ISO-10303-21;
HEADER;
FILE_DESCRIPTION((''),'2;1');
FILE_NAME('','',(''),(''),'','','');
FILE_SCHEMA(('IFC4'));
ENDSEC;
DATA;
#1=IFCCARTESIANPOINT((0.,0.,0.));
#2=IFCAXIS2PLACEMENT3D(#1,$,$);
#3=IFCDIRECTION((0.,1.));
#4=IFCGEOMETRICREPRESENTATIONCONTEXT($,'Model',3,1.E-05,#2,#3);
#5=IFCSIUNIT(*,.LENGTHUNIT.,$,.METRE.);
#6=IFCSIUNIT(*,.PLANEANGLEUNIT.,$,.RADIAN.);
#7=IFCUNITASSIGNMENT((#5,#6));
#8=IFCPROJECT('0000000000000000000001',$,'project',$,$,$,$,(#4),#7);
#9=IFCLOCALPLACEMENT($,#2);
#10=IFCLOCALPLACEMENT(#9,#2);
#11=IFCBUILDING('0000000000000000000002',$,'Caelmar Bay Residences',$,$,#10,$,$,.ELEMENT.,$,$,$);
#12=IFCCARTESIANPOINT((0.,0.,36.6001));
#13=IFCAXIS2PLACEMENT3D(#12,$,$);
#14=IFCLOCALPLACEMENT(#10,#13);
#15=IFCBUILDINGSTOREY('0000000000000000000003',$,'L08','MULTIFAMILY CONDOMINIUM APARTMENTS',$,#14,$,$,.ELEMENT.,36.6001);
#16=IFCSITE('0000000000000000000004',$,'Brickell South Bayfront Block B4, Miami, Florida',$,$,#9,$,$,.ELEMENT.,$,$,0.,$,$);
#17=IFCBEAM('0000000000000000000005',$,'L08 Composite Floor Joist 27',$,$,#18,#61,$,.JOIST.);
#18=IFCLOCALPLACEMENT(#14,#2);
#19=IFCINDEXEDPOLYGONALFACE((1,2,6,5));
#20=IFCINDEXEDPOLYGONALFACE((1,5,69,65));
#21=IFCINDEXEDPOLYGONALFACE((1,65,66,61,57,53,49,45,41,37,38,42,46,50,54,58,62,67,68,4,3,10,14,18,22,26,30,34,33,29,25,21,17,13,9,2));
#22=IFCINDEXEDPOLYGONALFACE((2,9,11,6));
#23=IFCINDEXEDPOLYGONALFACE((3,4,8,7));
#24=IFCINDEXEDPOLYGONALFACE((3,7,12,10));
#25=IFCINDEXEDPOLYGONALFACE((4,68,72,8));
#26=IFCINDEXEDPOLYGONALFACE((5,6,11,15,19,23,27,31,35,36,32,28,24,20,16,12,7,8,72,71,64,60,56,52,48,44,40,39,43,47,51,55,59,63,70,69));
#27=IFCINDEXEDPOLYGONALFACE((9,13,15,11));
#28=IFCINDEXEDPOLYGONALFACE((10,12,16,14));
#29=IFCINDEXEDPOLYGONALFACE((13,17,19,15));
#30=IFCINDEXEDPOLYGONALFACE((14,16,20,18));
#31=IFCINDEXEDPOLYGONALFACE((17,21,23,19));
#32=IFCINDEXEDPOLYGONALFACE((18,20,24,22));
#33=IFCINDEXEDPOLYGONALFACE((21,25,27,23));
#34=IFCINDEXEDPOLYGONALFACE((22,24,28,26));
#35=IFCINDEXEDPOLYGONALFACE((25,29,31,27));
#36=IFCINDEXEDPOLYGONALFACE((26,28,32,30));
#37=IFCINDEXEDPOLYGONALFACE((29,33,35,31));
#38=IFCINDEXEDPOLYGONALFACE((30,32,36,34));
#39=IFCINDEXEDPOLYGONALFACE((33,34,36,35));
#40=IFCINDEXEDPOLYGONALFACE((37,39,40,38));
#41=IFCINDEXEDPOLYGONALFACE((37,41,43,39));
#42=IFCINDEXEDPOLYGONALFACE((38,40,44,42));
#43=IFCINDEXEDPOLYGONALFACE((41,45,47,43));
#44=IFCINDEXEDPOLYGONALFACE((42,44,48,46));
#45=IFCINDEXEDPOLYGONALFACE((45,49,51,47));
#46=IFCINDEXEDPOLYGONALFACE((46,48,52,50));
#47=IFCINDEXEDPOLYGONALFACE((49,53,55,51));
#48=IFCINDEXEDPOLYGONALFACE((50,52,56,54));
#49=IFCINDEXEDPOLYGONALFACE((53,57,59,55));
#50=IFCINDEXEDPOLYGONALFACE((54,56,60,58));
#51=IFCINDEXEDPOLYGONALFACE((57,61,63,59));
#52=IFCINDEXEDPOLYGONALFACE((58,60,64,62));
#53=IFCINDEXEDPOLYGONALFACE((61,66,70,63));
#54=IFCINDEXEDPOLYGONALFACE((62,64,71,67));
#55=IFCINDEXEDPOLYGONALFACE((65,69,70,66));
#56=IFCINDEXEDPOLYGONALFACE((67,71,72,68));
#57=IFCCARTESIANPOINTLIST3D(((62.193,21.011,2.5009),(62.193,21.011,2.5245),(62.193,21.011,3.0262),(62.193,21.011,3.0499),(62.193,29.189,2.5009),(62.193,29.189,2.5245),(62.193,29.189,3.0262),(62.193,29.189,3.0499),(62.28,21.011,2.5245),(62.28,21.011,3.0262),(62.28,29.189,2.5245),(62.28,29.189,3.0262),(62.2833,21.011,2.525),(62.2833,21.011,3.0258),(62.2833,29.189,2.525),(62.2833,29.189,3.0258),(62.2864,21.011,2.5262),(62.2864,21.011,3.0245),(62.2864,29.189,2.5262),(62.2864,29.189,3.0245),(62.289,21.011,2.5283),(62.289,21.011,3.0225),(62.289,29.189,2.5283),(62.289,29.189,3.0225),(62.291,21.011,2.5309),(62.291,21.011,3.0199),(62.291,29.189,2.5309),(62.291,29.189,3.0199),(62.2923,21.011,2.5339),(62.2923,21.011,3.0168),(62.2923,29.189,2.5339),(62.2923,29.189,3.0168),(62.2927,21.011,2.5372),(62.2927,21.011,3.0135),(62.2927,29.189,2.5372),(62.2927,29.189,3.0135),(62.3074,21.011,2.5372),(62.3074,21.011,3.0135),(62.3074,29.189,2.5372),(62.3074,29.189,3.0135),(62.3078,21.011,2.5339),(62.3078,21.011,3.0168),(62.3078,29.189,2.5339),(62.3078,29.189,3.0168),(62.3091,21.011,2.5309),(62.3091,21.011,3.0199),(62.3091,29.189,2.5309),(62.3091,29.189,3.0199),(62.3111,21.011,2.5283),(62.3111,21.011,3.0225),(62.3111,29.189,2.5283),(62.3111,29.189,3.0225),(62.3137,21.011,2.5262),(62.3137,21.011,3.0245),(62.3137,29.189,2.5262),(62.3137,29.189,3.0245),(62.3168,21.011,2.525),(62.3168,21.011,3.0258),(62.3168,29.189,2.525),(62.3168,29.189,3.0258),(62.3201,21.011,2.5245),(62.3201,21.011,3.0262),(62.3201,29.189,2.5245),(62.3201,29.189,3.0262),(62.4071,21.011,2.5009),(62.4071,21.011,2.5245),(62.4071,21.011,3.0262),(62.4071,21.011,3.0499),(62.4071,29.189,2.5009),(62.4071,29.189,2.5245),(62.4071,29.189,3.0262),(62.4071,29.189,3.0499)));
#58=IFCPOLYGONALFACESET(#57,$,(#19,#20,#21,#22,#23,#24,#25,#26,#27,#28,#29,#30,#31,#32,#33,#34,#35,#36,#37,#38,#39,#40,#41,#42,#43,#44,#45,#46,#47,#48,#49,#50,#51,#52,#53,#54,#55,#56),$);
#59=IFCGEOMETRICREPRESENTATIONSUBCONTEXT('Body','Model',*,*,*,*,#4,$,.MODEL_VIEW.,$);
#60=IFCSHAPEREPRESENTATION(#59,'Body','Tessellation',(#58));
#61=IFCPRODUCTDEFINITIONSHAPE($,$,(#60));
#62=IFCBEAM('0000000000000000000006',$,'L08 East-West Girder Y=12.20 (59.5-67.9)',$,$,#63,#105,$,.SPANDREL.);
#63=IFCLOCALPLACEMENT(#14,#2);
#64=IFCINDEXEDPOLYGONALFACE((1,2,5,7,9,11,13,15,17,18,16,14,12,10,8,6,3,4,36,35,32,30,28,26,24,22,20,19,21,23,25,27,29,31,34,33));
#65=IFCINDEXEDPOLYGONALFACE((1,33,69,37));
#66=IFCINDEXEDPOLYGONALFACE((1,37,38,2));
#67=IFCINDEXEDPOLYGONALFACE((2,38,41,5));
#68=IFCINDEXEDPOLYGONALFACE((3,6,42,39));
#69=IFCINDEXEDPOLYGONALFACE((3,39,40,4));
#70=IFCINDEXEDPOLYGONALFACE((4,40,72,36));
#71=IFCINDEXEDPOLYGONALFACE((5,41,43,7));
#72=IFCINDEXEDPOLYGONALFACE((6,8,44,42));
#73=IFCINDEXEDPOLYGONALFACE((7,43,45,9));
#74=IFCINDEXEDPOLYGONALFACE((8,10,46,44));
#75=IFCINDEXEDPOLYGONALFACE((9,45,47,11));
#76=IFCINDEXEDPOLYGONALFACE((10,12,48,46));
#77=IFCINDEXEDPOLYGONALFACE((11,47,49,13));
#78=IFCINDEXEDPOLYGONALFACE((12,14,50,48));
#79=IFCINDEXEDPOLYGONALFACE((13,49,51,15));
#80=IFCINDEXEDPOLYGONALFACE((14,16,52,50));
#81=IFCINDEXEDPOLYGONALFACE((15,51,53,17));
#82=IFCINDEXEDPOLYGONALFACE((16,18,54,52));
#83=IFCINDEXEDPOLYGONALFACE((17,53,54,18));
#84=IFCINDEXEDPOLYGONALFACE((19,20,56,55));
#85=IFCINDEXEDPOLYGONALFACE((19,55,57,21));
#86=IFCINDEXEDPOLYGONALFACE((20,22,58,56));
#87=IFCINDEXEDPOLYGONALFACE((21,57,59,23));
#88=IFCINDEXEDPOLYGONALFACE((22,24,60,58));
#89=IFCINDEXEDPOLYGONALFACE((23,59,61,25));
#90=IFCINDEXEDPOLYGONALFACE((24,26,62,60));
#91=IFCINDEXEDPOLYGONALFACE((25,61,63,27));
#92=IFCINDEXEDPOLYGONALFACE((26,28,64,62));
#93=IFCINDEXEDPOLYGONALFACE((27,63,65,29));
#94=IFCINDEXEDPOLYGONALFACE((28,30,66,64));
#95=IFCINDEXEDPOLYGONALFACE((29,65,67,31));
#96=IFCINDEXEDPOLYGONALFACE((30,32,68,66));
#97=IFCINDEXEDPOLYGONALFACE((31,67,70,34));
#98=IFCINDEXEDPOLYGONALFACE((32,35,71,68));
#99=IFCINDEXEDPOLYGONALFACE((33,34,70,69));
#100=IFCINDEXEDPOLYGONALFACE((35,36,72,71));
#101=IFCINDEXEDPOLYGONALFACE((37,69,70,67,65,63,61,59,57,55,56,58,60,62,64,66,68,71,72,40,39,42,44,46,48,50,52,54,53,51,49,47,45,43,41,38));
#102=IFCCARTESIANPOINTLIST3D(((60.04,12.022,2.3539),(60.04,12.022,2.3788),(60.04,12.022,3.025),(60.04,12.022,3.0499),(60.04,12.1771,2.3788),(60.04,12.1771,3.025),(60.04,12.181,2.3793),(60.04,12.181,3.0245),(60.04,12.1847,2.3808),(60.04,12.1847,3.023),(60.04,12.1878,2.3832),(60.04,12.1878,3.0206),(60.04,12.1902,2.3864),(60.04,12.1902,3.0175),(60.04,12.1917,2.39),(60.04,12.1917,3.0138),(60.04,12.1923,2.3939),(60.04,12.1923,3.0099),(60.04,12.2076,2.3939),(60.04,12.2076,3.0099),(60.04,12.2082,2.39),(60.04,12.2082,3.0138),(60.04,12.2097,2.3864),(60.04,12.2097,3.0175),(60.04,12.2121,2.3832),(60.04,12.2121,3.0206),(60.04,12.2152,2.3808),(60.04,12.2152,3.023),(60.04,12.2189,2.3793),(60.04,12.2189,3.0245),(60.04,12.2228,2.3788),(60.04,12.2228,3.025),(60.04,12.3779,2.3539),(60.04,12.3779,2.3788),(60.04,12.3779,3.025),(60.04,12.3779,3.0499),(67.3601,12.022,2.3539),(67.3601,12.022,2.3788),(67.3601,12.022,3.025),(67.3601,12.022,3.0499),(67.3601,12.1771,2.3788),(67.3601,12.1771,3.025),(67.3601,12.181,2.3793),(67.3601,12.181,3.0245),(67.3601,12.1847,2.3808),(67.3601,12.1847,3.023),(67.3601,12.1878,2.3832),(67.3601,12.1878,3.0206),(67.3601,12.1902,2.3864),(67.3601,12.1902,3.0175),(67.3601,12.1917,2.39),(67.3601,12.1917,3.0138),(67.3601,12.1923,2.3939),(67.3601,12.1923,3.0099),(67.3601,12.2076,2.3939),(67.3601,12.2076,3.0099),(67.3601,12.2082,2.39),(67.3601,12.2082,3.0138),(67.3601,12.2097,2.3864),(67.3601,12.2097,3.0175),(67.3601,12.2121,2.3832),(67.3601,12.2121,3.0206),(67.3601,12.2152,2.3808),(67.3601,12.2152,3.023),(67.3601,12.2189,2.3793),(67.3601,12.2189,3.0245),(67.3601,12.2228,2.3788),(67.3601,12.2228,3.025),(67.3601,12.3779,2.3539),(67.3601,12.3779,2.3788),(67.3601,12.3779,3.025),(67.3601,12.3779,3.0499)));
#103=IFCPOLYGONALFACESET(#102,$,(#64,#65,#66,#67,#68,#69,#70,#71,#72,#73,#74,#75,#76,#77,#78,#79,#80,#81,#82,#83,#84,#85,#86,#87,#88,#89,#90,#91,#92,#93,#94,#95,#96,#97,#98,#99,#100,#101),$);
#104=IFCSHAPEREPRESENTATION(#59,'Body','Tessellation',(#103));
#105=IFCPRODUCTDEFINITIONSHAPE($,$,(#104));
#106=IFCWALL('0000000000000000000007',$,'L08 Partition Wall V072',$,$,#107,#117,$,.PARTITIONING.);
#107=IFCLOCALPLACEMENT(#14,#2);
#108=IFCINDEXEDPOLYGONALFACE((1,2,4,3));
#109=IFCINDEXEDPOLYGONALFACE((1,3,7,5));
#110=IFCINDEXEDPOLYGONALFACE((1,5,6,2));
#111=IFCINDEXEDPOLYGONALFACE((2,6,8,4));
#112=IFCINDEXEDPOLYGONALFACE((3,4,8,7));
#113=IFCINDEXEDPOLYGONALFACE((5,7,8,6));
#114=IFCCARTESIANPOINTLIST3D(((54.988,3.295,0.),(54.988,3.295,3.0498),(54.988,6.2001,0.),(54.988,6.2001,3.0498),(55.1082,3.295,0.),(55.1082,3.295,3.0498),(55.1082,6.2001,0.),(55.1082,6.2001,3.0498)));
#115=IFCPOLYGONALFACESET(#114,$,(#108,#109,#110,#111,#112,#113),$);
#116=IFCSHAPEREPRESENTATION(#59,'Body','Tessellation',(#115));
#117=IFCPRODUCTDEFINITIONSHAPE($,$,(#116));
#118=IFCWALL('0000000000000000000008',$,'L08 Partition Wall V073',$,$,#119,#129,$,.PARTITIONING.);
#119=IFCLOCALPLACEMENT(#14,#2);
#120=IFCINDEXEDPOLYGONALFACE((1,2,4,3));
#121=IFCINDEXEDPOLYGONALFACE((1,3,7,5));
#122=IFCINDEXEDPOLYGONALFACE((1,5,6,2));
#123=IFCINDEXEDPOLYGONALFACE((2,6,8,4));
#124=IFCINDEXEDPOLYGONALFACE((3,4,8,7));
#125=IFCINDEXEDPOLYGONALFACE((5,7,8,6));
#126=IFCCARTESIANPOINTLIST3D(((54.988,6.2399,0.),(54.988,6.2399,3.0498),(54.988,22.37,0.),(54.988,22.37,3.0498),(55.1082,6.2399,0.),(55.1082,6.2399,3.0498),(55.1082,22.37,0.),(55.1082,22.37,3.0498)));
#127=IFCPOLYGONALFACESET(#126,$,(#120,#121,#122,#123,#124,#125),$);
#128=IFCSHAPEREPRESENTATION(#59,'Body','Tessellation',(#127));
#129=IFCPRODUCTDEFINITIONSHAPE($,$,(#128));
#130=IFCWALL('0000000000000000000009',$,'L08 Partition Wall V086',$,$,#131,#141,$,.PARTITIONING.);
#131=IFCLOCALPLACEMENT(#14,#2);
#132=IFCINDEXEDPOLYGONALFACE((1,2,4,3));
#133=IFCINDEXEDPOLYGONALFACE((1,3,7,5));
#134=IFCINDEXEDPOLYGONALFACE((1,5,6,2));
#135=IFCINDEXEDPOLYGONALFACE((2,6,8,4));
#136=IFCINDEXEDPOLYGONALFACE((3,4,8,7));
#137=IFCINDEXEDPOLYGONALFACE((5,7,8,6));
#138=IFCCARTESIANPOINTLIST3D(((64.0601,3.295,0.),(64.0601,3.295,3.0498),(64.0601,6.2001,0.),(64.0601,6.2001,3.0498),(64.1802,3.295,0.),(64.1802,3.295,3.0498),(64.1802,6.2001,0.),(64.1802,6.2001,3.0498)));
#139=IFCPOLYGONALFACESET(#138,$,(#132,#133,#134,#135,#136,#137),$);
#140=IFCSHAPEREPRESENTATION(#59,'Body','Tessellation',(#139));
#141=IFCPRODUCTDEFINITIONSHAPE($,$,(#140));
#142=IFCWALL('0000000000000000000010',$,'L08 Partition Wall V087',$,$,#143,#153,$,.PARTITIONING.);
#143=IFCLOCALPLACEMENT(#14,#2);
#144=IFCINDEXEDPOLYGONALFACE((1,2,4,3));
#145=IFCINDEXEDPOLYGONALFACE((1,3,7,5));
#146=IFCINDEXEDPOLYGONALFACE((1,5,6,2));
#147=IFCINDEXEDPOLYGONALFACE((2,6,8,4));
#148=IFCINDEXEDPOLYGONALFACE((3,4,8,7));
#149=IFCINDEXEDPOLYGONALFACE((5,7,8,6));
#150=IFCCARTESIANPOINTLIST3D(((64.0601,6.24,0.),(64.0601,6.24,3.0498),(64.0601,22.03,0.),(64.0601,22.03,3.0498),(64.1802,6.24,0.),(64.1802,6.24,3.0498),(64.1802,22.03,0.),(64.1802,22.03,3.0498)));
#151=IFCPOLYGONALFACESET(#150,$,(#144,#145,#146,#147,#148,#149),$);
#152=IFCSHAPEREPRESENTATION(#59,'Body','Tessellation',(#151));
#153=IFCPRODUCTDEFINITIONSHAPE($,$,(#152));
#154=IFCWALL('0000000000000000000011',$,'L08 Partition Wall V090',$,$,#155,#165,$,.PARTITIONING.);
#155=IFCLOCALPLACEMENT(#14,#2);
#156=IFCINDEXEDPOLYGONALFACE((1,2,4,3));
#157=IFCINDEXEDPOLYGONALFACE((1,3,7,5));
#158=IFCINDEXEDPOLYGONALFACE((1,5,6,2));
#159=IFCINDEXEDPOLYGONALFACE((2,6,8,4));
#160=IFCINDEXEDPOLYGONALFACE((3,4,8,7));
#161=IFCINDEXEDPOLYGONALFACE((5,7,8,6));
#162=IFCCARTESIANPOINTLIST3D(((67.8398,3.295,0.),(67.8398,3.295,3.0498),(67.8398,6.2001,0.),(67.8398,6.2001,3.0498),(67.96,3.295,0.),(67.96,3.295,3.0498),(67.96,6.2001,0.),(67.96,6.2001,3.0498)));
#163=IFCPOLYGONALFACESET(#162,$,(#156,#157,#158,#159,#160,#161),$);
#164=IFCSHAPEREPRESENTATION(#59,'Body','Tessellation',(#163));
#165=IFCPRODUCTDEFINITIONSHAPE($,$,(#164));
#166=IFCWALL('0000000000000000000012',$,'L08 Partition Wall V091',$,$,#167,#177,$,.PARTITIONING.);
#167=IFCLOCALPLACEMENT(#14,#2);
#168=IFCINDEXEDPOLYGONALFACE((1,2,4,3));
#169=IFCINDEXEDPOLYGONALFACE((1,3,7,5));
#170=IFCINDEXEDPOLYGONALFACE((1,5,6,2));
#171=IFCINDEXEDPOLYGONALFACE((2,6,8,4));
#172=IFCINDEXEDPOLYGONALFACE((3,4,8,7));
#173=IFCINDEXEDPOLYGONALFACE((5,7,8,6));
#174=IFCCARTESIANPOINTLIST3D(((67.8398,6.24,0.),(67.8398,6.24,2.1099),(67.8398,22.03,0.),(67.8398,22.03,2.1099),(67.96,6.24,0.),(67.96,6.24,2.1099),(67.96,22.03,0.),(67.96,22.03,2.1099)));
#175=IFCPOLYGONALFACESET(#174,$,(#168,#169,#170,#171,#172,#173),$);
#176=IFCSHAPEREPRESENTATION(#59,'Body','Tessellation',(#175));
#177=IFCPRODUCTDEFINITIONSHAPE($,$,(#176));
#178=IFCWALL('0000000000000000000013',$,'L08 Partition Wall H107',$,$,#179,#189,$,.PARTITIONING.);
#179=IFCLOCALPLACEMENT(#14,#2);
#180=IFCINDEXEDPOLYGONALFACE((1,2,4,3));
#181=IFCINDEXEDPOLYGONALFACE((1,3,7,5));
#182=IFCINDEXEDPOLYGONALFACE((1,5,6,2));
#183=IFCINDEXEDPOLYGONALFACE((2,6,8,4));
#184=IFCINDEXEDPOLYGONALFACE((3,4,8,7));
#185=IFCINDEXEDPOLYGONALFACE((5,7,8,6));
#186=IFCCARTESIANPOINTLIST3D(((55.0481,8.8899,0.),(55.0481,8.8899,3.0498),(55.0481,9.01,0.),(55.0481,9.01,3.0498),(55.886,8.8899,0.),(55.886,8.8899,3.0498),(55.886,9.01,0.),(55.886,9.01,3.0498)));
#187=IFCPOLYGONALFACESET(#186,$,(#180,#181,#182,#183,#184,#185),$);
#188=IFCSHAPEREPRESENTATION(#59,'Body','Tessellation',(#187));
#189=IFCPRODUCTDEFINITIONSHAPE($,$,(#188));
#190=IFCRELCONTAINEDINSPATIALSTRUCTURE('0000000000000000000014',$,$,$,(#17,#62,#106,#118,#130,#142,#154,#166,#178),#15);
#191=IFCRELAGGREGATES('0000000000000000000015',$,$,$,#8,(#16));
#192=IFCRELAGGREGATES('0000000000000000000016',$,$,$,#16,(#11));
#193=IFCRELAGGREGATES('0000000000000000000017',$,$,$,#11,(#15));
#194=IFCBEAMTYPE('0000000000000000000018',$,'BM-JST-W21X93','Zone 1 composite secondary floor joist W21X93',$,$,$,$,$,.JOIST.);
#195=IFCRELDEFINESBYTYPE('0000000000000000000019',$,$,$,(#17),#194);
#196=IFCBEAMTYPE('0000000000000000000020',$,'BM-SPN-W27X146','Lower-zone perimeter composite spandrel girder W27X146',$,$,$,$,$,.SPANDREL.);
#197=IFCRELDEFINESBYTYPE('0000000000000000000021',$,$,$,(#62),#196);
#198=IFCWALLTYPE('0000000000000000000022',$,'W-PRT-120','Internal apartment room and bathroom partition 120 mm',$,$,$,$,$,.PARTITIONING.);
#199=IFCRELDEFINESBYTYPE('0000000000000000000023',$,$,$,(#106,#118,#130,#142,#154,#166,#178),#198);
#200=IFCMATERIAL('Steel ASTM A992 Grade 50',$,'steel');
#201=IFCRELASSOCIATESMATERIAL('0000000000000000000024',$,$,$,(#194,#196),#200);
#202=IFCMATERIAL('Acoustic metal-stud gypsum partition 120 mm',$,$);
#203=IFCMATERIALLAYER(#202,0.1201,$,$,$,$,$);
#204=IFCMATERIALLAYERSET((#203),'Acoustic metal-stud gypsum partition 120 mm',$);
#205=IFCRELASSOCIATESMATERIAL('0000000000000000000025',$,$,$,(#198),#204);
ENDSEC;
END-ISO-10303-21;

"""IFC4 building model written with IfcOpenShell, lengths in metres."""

from ifc_helpers import new_model, si_unit, direction, frame, frame_2d, origin, origin_2d, place, context, subcontext, project, spatial, rectangle, i_section, extrude, material, layer, layer_set, material_profile, profile_set, type_object, element, save


model = new_model("IFC4")

# Units and contexts
model_context = context("Model", 3, precision=1e-05, world=origin(), true_north=direction((0.0, 1.0)))
body_context = subcontext(model_context, "Body", "Model", "MODEL_VIEW")
ifc_project = project(units=[si_unit("LENGTHUNIT", "METRE"), si_unit("PLANEANGLEUNIT", "RADIAN")], contexts=[model_context])

# Site, building, storey
site_placement = place(None, origin())
site = spatial("IfcSite", under=ifc_project, at=site_placement, Name="Brickell South Bayfront Block B4, Miami, Florida", CompositionType="ELEMENT", RefElevation=0.0)
building_placement = place(site_placement, origin())
building = spatial("IfcBuilding", under=site, at=building_placement, Name="Caelmar Bay Residences", CompositionType="ELEMENT")
storey_placement = place(building_placement, frame((0.0, 0.0, 36.6001)))
storey = spatial("IfcBuildingStorey", under=building, at=storey_placement, Name="L08", Description="MULTIFAMILY CONDOMINIUM APARTMENTS", CompositionType="ELEMENT", Elevation=36.6001)

# Beams
ifc_material_1 = material(Name="Steel ASTM A992 Grade 50", Category="steel")
ifc_material_profile_1 = material_profile(ifc_material_1, i_section(OverallWidth=0.2141, OverallDepth=0.5491, WebThickness=0.0146, FlangeThickness=0.0237, FilletRadius=0.0127, at=origin_2d()), Name="W21X93")
ifc_profile_set_1 = profile_set([ifc_material_profile_1], Name="Steel ASTM A992 Grade 50")
beam_type_1 = type_object("IfcBeamType", Name="BM-JST-W21X93", Description="Zone 1 composite secondary floor joist W21X93", PredefinedType="JOIST", material=ifc_profile_set_1)
for number, where, z_axis, x_axis, name in (
    (1, (62.3, 21.011, 2.7754), (0.0, 1.0, 0.0), (-1.0, 0.0, 0.0), "L08 Composite Floor Joist 27"),
):
    element("IfcBeam", number, at=place(storey_placement, frame(where, z_axis=z_axis, x_axis=x_axis)), inside=storey, type_object=beam_type_1, Name=name, PredefinedType="JOIST", context=body_context, shape_type="SweptSolid", body=[
        extrude(i_section(OverallWidth=0.2141, OverallDepth=0.5491, WebThickness=0.0146, FlangeThickness=0.0237, FilletRadius=0.0127, at=origin_2d()), origin(), (0.0, 0.0, 1.0), 8.178),
    ])
ifc_material_profile_2 = material_profile(ifc_material_1, i_section(OverallWidth=0.356, OverallDepth=0.696, WebThickness=0.0154, FlangeThickness=0.0249, FilletRadius=0.0151, at=origin_2d()), Name="W27X146")
ifc_profile_set_2 = profile_set([ifc_material_profile_2], Name="Steel ASTM A992 Grade 50")
beam_type_2 = type_object("IfcBeamType", Name="BM-SPN-W27X146", Description="Lower-zone perimeter composite spandrel girder W27X146", PredefinedType="SPANDREL", material=ifc_profile_set_2)
beam_1_placement = place(storey_placement, frame((60.04, 12.2, 2.7019), z_axis=(1.0, 0.0, 0.0), x_axis=(0.0, 1.0, 0.0)))
element("IfcBeam", 2, at=beam_1_placement, inside=storey, type_object=beam_type_2, Name="L08 East-West Girder Y=12.20 (59.5-67.9)", PredefinedType="SPANDREL", context=body_context, shape_type="SweptSolid", body=[
    extrude(i_section(OverallWidth=0.356, OverallDepth=0.696, WebThickness=0.0154, FlangeThickness=0.0249, FilletRadius=0.0151, at=origin_2d()), origin(), (0.0, 0.0, 1.0), 7.3201),
])

# Walls
ifc_material_2 = material(Name="Acoustic metal-stud gypsum partition 120 mm")
ifc_layer_1 = layer(ifc_material_2, 0.1201)
ifc_layer_set_1 = layer_set([ifc_layer_1], Name="Acoustic metal-stud gypsum partition 120 mm")
wall_type_1 = type_object("IfcWallType", Name="W-PRT-120", Description="Internal apartment room and bathroom partition 120 mm", PredefinedType="PARTITIONING", material=ifc_layer_set_1)
wall_1_placement = place(storey_placement, frame((55.0481, 3.2949, 0.0), z_axis=(0.0, 0.0, 1.0), x_axis=(0.0, 1.0, 0.0)))
element("IfcWall", 3, at=wall_1_placement, inside=storey, type_object=wall_type_1, Name="L08 Partition Wall V072", PredefinedType="PARTITIONING", context=body_context, shape_type="SweptSolid", body=[
    extrude(rectangle(XDim=2.905, YDim=0.1201, at=frame_2d((1.4526, 0.0))), origin(), (0.0, 0.0, 1.0), 3.0498),
])
wall_2_placement = place(storey_placement, frame((55.0481, 6.24, 0.0), z_axis=(0.0, 0.0, 1.0), x_axis=(0.0, 1.0, 0.0)))
element("IfcWall", 4, at=wall_2_placement, inside=storey, type_object=wall_type_1, Name="L08 Partition Wall V073", PredefinedType="PARTITIONING", context=body_context, shape_type="SweptSolid", body=[
    extrude(rectangle(XDim=16.1301, YDim=0.1201, at=frame_2d((8.0649, 0.0))), origin(), (0.0, 0.0, 1.0), 3.0498),
])
wall_3_placement = place(storey_placement, frame((64.1201, 3.2949, 0.0), z_axis=(0.0, 0.0, 1.0), x_axis=(0.0, 1.0, 0.0)))
element("IfcWall", 5, at=wall_3_placement, inside=storey, type_object=wall_type_1, Name="L08 Partition Wall V086", PredefinedType="PARTITIONING", context=body_context, shape_type="SweptSolid", body=[
    extrude(rectangle(XDim=2.905, YDim=0.1201, at=frame_2d((1.4526, 0.0))), origin(), (0.0, 0.0, 1.0), 3.0498),
])
wall_4_placement = place(storey_placement, frame((64.1201, 6.24, 0.0), z_axis=(0.0, 0.0, 1.0), x_axis=(0.0, 1.0, 0.0)))
element("IfcWall", 6, at=wall_4_placement, inside=storey, type_object=wall_type_1, Name="L08 Partition Wall V087", PredefinedType="PARTITIONING", context=body_context, shape_type="SweptSolid", body=[
    extrude(rectangle(XDim=15.79, YDim=0.1201, at=frame_2d((7.895, 0.0))), origin(), (0.0, 0.0, 1.0), 3.0498),
])
wall_5_placement = place(storey_placement, frame((67.8999, 3.2949, 0.0), z_axis=(0.0, 0.0, 1.0), x_axis=(0.0, 1.0, 0.0)))
element("IfcWall", 7, at=wall_5_placement, inside=storey, type_object=wall_type_1, Name="L08 Partition Wall V090", PredefinedType="PARTITIONING", context=body_context, shape_type="SweptSolid", body=[
    extrude(rectangle(XDim=2.905, YDim=0.1201, at=frame_2d((1.4526, 0.0))), origin(), (0.0, 0.0, 1.0), 3.0498),
])
wall_6_placement = place(storey_placement, frame((67.8999, 6.24, 0.0), z_axis=(0.0, 0.0, 1.0), x_axis=(0.0, 1.0, 0.0)))
element("IfcWall", 8, at=wall_6_placement, inside=storey, type_object=wall_type_1, Name="L08 Partition Wall V091", PredefinedType="PARTITIONING", context=body_context, shape_type="SweptSolid", body=[
    extrude(rectangle(XDim=15.79, YDim=0.1201, at=frame_2d((7.895, 0.0))), origin(), (0.0, 0.0, 1.0), 2.1099),
])
wall_7_placement = place(storey_placement, frame((55.0481, 8.95, 0.0), z_axis=(0.0, 0.0, 1.0), x_axis=(1.0, 0.0, 0.0)))
element("IfcWall", 9, at=wall_7_placement, inside=storey, type_object=wall_type_1, Name="L08 Partition Wall H107", PredefinedType="PARTITIONING", context=body_context, shape_type="SweptSolid", body=[
    extrude(rectangle(XDim=0.8379, YDim=0.1201, at=frame_2d((0.4189, 0.0))), origin(), (0.0, 0.0, 1.0), 3.0498),
])

save(model, "model.ifc")
